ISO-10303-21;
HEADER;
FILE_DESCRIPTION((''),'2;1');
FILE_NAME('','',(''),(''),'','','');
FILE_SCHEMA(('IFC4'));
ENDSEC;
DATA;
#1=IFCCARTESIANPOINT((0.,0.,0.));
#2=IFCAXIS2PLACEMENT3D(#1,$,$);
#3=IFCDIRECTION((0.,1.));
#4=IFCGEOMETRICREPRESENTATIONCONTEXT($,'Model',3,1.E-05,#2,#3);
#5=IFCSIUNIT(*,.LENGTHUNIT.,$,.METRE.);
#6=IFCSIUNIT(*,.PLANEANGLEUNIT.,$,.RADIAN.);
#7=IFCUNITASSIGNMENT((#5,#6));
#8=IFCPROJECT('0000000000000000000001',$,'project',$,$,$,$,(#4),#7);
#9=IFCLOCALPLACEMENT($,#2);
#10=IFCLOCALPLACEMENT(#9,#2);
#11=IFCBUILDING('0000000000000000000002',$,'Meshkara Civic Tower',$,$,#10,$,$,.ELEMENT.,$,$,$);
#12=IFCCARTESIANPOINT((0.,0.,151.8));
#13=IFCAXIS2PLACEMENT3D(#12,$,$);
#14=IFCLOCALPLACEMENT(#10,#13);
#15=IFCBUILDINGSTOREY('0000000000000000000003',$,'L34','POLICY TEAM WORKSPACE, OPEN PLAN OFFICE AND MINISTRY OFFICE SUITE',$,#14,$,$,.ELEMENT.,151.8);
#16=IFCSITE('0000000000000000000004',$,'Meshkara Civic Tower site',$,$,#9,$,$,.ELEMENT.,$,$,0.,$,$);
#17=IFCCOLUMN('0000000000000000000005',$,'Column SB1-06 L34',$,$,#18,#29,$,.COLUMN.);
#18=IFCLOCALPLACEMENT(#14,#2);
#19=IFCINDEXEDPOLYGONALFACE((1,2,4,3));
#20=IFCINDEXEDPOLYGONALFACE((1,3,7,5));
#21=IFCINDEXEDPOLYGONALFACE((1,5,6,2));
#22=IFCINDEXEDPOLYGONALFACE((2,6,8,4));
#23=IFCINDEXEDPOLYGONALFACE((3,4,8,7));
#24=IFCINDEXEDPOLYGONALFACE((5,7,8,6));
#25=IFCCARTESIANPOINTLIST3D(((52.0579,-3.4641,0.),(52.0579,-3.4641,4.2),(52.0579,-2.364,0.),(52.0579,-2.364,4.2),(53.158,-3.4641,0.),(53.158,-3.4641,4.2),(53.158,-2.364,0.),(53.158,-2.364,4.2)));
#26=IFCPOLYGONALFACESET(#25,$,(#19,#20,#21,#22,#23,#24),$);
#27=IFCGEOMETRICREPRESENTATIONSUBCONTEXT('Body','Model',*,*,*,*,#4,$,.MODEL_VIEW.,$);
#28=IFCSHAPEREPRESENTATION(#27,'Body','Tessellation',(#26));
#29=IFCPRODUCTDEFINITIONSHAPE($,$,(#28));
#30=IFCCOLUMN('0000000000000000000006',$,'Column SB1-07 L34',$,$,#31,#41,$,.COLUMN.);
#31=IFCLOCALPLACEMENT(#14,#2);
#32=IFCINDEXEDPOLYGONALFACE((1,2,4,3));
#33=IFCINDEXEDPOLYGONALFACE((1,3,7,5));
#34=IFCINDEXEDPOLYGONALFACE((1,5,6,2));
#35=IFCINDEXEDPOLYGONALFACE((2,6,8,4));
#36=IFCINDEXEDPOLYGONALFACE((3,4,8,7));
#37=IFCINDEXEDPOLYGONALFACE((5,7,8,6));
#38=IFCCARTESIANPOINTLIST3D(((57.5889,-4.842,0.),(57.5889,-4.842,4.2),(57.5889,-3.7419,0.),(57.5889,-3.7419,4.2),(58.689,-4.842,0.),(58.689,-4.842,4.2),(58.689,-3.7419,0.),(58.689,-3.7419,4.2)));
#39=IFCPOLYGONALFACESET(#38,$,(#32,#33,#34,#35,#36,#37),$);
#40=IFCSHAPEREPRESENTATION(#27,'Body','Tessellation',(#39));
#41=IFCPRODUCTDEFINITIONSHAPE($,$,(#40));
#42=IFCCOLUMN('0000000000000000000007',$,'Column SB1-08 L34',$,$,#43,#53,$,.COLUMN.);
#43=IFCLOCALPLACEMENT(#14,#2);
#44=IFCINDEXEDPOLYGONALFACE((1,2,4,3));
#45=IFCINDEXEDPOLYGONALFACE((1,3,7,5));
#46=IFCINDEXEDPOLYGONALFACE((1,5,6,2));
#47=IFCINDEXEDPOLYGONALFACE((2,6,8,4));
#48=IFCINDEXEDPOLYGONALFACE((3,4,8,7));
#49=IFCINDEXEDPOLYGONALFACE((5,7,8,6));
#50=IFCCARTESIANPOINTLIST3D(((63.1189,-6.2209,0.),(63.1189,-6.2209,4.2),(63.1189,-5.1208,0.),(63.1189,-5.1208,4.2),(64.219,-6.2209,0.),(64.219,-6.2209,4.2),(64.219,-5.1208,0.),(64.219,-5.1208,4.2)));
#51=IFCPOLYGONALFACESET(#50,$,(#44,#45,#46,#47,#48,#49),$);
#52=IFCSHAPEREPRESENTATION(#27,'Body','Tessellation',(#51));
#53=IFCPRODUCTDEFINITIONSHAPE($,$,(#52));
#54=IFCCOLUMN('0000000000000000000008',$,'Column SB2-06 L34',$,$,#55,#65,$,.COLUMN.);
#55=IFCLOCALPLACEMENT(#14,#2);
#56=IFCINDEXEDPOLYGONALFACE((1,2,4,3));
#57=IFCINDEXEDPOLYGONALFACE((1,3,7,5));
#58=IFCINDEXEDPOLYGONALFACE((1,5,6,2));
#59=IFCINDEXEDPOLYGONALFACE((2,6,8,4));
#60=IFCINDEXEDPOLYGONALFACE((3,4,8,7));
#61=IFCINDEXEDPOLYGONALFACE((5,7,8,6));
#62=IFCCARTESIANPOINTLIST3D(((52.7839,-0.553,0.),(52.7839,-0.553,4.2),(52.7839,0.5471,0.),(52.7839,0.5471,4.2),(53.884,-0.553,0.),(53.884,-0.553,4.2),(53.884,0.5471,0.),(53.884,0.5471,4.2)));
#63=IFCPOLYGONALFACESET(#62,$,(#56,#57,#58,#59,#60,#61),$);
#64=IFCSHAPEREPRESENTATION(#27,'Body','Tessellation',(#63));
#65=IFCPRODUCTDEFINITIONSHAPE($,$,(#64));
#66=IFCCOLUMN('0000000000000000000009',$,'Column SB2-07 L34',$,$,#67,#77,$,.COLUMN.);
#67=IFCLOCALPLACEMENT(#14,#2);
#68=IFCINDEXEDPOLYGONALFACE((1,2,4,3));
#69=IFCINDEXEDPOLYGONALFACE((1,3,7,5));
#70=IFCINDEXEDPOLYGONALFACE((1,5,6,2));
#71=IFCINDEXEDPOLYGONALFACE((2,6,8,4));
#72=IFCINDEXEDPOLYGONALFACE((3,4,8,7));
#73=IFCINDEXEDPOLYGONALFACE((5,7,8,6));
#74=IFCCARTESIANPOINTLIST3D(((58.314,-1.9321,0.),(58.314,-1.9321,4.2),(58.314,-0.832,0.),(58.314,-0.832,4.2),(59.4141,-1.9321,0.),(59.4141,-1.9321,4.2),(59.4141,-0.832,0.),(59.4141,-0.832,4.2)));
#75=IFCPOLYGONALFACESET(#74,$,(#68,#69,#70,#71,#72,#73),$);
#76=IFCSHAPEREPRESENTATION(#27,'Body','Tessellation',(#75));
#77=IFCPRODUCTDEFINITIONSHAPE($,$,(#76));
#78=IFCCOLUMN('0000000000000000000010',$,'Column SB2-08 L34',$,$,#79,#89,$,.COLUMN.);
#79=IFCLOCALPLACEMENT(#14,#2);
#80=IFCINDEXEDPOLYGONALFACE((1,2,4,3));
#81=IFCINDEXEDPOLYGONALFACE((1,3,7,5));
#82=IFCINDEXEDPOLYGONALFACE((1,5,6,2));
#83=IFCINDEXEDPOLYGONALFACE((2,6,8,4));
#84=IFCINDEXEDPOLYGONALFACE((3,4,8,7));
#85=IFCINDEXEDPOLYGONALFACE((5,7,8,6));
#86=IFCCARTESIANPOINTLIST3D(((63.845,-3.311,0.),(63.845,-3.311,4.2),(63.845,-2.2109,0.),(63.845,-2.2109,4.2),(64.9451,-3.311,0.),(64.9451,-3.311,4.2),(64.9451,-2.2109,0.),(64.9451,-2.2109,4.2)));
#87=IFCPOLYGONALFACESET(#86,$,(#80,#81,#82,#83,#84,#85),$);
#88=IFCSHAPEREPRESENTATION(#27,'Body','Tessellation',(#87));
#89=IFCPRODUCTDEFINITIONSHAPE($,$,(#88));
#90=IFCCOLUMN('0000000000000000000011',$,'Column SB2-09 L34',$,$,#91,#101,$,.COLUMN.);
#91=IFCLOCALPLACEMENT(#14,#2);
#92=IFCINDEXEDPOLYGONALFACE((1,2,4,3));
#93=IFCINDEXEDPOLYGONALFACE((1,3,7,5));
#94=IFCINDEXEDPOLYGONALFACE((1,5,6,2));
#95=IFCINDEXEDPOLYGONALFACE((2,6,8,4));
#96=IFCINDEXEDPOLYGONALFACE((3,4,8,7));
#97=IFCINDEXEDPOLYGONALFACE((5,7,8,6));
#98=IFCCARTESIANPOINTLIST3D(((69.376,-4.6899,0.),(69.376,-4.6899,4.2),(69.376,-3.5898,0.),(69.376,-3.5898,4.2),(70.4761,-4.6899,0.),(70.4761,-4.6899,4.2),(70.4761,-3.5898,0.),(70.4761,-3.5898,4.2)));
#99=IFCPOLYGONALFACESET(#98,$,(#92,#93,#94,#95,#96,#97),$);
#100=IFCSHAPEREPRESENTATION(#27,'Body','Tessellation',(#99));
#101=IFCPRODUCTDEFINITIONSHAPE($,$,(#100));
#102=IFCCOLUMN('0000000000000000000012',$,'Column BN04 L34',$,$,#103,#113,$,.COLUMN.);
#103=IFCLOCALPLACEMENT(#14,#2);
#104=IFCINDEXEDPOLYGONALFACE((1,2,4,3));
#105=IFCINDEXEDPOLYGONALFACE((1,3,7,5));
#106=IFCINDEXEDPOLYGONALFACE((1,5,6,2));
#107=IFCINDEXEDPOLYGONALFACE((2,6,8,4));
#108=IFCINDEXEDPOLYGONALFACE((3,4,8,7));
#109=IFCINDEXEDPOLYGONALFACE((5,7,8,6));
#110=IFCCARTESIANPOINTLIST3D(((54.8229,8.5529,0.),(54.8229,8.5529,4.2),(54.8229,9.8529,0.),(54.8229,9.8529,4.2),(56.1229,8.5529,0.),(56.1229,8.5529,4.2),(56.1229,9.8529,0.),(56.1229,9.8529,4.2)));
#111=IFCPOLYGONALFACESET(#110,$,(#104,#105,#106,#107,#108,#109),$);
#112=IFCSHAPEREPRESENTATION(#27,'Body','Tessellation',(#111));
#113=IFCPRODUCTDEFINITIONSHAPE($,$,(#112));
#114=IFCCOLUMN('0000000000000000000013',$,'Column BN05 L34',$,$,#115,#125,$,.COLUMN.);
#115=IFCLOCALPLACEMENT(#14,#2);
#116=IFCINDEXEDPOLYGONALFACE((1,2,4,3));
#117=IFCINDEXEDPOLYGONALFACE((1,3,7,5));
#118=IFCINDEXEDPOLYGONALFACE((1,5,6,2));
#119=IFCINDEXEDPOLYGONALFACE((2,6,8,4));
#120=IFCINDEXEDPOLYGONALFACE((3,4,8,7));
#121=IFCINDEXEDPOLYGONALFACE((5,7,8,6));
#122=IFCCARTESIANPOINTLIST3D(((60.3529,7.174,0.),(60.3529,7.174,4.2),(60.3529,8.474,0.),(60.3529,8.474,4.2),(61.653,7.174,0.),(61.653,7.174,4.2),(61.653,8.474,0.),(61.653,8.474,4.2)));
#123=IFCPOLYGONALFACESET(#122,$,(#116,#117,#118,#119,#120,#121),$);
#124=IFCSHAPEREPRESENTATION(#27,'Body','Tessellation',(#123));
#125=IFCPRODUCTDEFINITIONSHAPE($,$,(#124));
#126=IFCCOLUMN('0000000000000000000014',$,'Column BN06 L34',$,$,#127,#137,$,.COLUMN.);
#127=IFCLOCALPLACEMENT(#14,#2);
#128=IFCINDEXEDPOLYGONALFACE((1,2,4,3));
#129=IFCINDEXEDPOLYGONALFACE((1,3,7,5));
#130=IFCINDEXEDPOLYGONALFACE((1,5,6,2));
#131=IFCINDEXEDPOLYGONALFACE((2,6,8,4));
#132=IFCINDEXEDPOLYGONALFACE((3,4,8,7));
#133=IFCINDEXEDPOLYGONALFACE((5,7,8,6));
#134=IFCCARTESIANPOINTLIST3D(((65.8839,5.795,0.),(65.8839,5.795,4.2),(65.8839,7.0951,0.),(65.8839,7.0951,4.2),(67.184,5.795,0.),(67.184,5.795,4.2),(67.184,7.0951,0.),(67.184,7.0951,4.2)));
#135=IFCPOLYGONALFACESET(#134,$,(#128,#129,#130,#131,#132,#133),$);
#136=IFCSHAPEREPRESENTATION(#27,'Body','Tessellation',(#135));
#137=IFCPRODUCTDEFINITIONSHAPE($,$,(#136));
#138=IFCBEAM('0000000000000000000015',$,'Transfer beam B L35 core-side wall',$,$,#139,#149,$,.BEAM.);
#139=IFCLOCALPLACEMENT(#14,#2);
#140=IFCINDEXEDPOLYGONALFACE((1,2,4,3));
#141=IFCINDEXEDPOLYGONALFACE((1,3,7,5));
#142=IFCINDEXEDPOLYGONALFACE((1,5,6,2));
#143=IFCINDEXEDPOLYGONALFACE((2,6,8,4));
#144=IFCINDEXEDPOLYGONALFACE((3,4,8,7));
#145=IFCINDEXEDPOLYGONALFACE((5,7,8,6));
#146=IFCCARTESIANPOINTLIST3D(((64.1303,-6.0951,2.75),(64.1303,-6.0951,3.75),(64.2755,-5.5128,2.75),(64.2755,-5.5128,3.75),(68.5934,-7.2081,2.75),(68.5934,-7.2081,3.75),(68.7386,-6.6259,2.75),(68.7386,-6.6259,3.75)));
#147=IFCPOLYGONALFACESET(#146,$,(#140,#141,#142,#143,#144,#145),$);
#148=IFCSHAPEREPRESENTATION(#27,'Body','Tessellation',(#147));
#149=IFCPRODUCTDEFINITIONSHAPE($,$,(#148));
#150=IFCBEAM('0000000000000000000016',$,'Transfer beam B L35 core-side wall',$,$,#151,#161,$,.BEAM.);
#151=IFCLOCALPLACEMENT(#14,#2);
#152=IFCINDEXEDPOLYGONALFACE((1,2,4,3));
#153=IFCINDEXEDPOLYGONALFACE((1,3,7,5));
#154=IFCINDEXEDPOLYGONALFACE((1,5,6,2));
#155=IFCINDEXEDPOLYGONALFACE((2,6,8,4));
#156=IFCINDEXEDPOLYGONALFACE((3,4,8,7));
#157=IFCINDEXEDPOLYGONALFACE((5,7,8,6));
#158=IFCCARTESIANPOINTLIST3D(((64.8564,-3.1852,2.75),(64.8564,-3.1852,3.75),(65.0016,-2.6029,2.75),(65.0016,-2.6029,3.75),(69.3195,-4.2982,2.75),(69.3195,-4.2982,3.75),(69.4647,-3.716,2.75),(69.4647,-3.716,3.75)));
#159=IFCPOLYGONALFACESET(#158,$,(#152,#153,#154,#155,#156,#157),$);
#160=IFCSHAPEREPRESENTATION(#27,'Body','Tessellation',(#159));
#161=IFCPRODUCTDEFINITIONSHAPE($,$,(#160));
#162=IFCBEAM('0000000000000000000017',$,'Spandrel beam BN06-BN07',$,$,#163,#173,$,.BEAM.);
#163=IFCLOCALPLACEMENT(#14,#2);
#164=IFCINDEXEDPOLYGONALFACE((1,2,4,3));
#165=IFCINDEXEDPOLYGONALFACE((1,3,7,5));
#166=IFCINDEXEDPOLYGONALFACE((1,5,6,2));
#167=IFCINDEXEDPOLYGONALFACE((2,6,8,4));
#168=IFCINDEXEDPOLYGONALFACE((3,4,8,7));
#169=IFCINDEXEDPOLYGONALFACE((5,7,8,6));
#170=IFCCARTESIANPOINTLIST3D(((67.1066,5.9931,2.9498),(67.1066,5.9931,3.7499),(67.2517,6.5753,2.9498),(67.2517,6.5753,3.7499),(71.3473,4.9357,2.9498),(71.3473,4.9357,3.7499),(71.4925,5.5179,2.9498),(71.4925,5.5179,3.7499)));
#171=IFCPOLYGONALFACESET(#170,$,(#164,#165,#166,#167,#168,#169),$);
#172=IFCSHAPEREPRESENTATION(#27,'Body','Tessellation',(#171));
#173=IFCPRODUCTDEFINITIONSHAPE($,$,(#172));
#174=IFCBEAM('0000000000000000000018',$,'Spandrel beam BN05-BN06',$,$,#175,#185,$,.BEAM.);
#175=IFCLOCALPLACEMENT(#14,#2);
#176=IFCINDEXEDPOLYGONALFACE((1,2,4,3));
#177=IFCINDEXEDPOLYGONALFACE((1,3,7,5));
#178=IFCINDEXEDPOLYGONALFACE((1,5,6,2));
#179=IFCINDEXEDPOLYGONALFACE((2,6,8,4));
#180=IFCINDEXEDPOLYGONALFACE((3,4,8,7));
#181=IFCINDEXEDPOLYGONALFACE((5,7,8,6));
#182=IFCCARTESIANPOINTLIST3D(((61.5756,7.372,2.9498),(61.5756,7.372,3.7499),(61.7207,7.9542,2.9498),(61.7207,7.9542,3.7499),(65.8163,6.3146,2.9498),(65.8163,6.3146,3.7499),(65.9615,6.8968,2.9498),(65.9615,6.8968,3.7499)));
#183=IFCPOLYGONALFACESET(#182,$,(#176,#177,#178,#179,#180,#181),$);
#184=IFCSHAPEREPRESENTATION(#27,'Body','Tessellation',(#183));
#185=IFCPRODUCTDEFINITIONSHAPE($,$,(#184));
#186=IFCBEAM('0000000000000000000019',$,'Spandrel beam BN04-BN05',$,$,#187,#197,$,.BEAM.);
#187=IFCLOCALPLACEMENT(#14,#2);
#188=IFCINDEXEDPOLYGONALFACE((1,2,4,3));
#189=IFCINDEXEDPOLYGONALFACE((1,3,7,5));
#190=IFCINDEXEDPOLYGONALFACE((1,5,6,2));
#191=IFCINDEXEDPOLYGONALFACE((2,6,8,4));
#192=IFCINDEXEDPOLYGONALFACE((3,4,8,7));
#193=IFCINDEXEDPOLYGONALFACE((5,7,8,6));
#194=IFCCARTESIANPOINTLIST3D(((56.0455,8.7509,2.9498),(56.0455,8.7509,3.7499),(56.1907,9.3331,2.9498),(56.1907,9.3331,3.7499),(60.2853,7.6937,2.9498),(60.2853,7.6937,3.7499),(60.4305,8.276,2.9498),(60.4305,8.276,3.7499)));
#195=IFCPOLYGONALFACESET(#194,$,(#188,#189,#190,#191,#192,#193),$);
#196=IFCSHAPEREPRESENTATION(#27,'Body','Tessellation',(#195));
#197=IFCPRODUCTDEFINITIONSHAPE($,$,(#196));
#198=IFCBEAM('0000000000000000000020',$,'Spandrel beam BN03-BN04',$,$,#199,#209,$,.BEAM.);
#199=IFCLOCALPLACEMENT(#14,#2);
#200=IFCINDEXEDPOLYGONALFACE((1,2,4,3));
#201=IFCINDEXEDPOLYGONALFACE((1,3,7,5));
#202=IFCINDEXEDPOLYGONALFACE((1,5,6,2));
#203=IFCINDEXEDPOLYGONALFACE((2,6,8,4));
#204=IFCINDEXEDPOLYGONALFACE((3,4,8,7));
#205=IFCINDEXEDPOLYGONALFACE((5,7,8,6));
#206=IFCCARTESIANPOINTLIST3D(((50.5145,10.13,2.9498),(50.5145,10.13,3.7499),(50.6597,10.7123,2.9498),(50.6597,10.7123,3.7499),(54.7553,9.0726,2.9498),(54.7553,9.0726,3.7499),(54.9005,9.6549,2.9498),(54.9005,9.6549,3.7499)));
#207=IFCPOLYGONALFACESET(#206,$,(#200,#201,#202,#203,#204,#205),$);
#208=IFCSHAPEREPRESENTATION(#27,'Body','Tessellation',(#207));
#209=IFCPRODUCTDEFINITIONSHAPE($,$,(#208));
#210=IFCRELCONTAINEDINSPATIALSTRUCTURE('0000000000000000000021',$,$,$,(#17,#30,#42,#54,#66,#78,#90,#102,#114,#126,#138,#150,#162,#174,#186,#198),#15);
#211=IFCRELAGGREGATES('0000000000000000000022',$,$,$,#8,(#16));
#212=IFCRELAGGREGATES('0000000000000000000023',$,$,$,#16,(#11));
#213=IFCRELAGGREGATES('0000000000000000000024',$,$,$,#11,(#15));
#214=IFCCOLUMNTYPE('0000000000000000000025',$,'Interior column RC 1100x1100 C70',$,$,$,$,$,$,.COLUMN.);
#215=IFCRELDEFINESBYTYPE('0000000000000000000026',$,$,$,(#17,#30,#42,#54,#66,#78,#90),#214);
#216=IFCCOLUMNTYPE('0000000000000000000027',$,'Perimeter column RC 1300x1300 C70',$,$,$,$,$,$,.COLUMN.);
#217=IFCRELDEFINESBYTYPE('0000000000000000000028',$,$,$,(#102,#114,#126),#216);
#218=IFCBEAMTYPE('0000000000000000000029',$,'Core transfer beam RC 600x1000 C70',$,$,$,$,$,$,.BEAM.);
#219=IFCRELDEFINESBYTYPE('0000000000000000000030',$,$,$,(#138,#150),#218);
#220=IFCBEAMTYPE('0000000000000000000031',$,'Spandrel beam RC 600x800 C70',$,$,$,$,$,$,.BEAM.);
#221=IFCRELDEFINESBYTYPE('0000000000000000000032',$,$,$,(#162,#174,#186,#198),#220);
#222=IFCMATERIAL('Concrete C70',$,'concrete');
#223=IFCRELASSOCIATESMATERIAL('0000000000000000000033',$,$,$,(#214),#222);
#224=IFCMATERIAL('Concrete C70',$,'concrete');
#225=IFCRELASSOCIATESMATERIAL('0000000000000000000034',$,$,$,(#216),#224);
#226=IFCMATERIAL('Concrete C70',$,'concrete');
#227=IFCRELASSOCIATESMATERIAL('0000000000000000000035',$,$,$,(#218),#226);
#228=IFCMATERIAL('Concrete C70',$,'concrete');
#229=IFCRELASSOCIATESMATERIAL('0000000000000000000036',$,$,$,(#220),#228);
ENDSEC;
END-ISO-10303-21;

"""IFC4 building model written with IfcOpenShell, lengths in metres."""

from ifc_helpers import new_model, si_unit, direction, frame, origin, origin_2d, place, context, subcontext, project, spatial, rectangle, extrude, material, material_profile, profile_set, type_object, element, save


model = new_model("IFC4")

# Units and contexts
model_context = context("Model", 3, precision=1e-05, world=origin(), true_north=direction((0.0, 1.0)))
body_context = subcontext(model_context, "Body", "Model", "MODEL_VIEW")
ifc_project = project(units=[si_unit("LENGTHUNIT", "METRE"), si_unit("PLANEANGLEUNIT", "RADIAN")], contexts=[model_context])

# Site, building, storey
site_placement = place(None, origin())
site = spatial("IfcSite", under=ifc_project, at=site_placement, Name="Meshkara Civic Tower site", CompositionType="ELEMENT", RefElevation=0.0)
building_placement = place(site_placement, origin())
building = spatial("IfcBuilding", under=site, at=building_placement, Name="Meshkara Civic Tower", CompositionType="ELEMENT")
storey_placement = place(building_placement, frame((0.0, 0.0, 151.8)))
storey = spatial("IfcBuildingStorey", under=building, at=storey_placement, Name="L34", Description="POLICY TEAM WORKSPACE, OPEN PLAN OFFICE AND MINISTRY OFFICE SUITE", CompositionType="ELEMENT", Elevation=151.8)

# Columns
ifc_material_1 = material(Name="Concrete C70", Category="concrete")
ifc_material_profile_1 = material_profile(ifc_material_1, rectangle(XDim=1.1001, YDim=1.1001, at=origin_2d()))
ifc_profile_set_1 = profile_set([ifc_material_profile_1], Name="Concrete C70")
column_type_1 = type_object("IfcColumnType", Name="Interior column RC 1100x1100 C70", PredefinedType="COLUMN", material=ifc_profile_set_1)
for number, where, z_axis, x_axis, name in (
    (1, (52.6079, -2.9141, 0.0), (0.0, 0.0, 1.0), (1.0, 0.0, 0.0), "Column SB1-06 L34"),
    (2, (58.1389, -4.292, 0.0), (0.0, 0.0, 1.0), (1.0, 0.0, 0.0), "Column SB1-07 L34"),
    (3, (63.6689, -5.6709, 0.0), (0.0, 0.0, 1.0), (1.0, 0.0, 0.0), "Column SB1-08 L34"),
    (4, (53.334, -0.0029, 0.0), (0.0, 0.0, 1.0), (1.0, 0.0, 0.0), "Column SB2-06 L34"),
    (5, (58.864, -1.3821, 0.0), (0.0, 0.0, 1.0), (1.0, 0.0, 0.0), "Column SB2-07 L34"),
    (6, (64.395, -2.761, 0.0), (0.0, 0.0, 1.0), (1.0, 0.0, 0.0), "Column SB2-08 L34"),
    (7, (69.926, -4.1399, 0.0), (0.0, 0.0, 1.0), (1.0, 0.0, 0.0), "Column SB2-09 L34"),
):
    element("IfcColumn", number, at=place(storey_placement, frame(where, z_axis=z_axis, x_axis=x_axis)), inside=storey, type_object=column_type_1, Name=name, PredefinedType="COLUMN", context=body_context, shape_type="SweptSolid", body=[
        extrude(rectangle(XDim=1.1001, YDim=1.1001, at=origin_2d()), origin(), (0.0, 0.0, 1.0), 4.2),
    ])
ifc_material_2 = material(Name="Concrete C70", Category="concrete")
ifc_material_profile_2 = material_profile(ifc_material_2, rectangle(XDim=1.3, YDim=1.3, at=origin_2d()))
ifc_profile_set_2 = profile_set([ifc_material_profile_2], Name="Concrete C70")
column_type_2 = type_object("IfcColumnType", Name="Perimeter column RC 1300x1300 C70", PredefinedType="COLUMN", material=ifc_profile_set_2)
for number, where, z_axis, x_axis, name in (
    (8, (55.4729, 9.2029, 0.0), (0.0, 0.0, 1.0), (1.0, 0.0, 0.0), "Column BN04 L34"),
    (9, (61.0029, 7.824, 0.0), (0.0, 0.0, 1.0), (1.0, 0.0, 0.0), "Column BN05 L34"),
    (10, (66.5339, 6.4451, 0.0), (0.0, 0.0, 1.0), (1.0, 0.0, 0.0), "Column BN06 L34"),
):
    element("IfcColumn", number, at=place(storey_placement, frame(where, z_axis=z_axis, x_axis=x_axis)), inside=storey, type_object=column_type_2, Name=name, PredefinedType="COLUMN", context=body_context, shape_type="SweptSolid", body=[
        extrude(rectangle(XDim=1.3, YDim=1.3, at=origin_2d()), origin(), (0.0, 0.0, 1.0), 4.2),
    ])

# Beams
ifc_material_3 = material(Name="Concrete C70", Category="concrete")
ifc_material_profile_3 = material_profile(ifc_material_3, rectangle(XDim=0.6001, YDim=1.0, at=origin_2d()))
ifc_profile_set_3 = profile_set([ifc_material_profile_3], Name="Concrete C70")
beam_type_1 = type_object("IfcBeamType", Name="Core transfer beam RC 600x1000 C70", PredefinedType="BEAM", material=ifc_profile_set_3)
for number, where, z_axis, x_axis, name in (
    (11, (64.2029, -5.804, 3.25), (0.970283, -0.241974, 0.0), (0.241974, 0.970283, 0.0), "Transfer beam B L35 core-side wall"),
    (12, (64.929, -2.894, 3.25), (0.970283, -0.241974, 0.0), (0.241974, 0.970283, 0.0), "Transfer beam B L35 core-side wall"),
):
    element("IfcBeam", number, at=place(storey_placement, frame(where, z_axis=z_axis, x_axis=x_axis)), inside=storey, type_object=beam_type_1, Name=name, PredefinedType="BEAM", context=body_context, shape_type="SweptSolid", body=[
        extrude(rectangle(XDim=0.6001, YDim=1.0, at=origin_2d()), origin(), (0.0, 0.0, 1.0), 4.5999),
    ])
ifc_material_4 = material(Name="Concrete C70", Category="concrete")
ifc_material_profile_4 = material_profile(ifc_material_4, rectangle(XDim=0.6001, YDim=0.8, at=origin_2d()))
ifc_profile_set_4 = profile_set([ifc_material_profile_4], Name="Concrete C70")
beam_type_2 = type_object("IfcBeamType", Name="Spandrel beam RC 600x800 C70", PredefinedType="BEAM", material=ifc_profile_set_4)
for number, where, z_axis, x_axis, name in (
    (13, (71.4199, 5.2268, 3.3499), (-0.970293, 0.241931, 0.0), (-0.241931, -0.970293, 0.0), "Spandrel beam BN06-BN07"),
    (14, (65.8889, 6.6057, 3.3499), (-0.970293, 0.241931, 0.0), (-0.241931, -0.970293, 0.0), "Spandrel beam BN05-BN06"),
):
    element("IfcBeam", number, at=place(storey_placement, frame(where, z_axis=z_axis, x_axis=x_axis)), inside=storey, type_object=beam_type_2, Name=name, PredefinedType="BEAM", context=body_context, shape_type="SweptSolid", body=[
        extrude(rectangle(XDim=0.6001, YDim=0.8, at=origin_2d()), origin(), (0.0, 0.0, 1.0), 4.3706),
    ])
beam_1_placement = place(storey_placement, frame((60.3579, 7.9849, 3.3499), z_axis=(-0.970293, 0.241931, 0.0), x_axis=(-0.241931, -0.970293, 0.0)))
element("IfcBeam", 15, at=beam_1_placement, inside=storey, type_object=beam_type_2, Name="Spandrel beam BN04-BN05", PredefinedType="BEAM", context=body_context, shape_type="SweptSolid", body=[
    extrude(rectangle(XDim=0.6001, YDim=0.8, at=origin_2d()), origin(), (0.0, 0.0, 1.0), 4.3696),
])
beam_2_placement = place(storey_placement, frame((54.8279, 9.3638, 3.3499), z_axis=(-0.970293, 0.241931, 0.0), x_axis=(-0.241931, -0.970293, 0.0)))
element("IfcBeam", 16, at=beam_2_placement, inside=storey, type_object=beam_type_2, Name="Spandrel beam BN03-BN04", PredefinedType="BEAM", context=body_context, shape_type="SweptSolid", body=[
    extrude(rectangle(XDim=0.6001, YDim=0.8, at=origin_2d()), origin(), (0.0, 0.0, 1.0), 4.3706),
])

save(model, "model.ifc")
